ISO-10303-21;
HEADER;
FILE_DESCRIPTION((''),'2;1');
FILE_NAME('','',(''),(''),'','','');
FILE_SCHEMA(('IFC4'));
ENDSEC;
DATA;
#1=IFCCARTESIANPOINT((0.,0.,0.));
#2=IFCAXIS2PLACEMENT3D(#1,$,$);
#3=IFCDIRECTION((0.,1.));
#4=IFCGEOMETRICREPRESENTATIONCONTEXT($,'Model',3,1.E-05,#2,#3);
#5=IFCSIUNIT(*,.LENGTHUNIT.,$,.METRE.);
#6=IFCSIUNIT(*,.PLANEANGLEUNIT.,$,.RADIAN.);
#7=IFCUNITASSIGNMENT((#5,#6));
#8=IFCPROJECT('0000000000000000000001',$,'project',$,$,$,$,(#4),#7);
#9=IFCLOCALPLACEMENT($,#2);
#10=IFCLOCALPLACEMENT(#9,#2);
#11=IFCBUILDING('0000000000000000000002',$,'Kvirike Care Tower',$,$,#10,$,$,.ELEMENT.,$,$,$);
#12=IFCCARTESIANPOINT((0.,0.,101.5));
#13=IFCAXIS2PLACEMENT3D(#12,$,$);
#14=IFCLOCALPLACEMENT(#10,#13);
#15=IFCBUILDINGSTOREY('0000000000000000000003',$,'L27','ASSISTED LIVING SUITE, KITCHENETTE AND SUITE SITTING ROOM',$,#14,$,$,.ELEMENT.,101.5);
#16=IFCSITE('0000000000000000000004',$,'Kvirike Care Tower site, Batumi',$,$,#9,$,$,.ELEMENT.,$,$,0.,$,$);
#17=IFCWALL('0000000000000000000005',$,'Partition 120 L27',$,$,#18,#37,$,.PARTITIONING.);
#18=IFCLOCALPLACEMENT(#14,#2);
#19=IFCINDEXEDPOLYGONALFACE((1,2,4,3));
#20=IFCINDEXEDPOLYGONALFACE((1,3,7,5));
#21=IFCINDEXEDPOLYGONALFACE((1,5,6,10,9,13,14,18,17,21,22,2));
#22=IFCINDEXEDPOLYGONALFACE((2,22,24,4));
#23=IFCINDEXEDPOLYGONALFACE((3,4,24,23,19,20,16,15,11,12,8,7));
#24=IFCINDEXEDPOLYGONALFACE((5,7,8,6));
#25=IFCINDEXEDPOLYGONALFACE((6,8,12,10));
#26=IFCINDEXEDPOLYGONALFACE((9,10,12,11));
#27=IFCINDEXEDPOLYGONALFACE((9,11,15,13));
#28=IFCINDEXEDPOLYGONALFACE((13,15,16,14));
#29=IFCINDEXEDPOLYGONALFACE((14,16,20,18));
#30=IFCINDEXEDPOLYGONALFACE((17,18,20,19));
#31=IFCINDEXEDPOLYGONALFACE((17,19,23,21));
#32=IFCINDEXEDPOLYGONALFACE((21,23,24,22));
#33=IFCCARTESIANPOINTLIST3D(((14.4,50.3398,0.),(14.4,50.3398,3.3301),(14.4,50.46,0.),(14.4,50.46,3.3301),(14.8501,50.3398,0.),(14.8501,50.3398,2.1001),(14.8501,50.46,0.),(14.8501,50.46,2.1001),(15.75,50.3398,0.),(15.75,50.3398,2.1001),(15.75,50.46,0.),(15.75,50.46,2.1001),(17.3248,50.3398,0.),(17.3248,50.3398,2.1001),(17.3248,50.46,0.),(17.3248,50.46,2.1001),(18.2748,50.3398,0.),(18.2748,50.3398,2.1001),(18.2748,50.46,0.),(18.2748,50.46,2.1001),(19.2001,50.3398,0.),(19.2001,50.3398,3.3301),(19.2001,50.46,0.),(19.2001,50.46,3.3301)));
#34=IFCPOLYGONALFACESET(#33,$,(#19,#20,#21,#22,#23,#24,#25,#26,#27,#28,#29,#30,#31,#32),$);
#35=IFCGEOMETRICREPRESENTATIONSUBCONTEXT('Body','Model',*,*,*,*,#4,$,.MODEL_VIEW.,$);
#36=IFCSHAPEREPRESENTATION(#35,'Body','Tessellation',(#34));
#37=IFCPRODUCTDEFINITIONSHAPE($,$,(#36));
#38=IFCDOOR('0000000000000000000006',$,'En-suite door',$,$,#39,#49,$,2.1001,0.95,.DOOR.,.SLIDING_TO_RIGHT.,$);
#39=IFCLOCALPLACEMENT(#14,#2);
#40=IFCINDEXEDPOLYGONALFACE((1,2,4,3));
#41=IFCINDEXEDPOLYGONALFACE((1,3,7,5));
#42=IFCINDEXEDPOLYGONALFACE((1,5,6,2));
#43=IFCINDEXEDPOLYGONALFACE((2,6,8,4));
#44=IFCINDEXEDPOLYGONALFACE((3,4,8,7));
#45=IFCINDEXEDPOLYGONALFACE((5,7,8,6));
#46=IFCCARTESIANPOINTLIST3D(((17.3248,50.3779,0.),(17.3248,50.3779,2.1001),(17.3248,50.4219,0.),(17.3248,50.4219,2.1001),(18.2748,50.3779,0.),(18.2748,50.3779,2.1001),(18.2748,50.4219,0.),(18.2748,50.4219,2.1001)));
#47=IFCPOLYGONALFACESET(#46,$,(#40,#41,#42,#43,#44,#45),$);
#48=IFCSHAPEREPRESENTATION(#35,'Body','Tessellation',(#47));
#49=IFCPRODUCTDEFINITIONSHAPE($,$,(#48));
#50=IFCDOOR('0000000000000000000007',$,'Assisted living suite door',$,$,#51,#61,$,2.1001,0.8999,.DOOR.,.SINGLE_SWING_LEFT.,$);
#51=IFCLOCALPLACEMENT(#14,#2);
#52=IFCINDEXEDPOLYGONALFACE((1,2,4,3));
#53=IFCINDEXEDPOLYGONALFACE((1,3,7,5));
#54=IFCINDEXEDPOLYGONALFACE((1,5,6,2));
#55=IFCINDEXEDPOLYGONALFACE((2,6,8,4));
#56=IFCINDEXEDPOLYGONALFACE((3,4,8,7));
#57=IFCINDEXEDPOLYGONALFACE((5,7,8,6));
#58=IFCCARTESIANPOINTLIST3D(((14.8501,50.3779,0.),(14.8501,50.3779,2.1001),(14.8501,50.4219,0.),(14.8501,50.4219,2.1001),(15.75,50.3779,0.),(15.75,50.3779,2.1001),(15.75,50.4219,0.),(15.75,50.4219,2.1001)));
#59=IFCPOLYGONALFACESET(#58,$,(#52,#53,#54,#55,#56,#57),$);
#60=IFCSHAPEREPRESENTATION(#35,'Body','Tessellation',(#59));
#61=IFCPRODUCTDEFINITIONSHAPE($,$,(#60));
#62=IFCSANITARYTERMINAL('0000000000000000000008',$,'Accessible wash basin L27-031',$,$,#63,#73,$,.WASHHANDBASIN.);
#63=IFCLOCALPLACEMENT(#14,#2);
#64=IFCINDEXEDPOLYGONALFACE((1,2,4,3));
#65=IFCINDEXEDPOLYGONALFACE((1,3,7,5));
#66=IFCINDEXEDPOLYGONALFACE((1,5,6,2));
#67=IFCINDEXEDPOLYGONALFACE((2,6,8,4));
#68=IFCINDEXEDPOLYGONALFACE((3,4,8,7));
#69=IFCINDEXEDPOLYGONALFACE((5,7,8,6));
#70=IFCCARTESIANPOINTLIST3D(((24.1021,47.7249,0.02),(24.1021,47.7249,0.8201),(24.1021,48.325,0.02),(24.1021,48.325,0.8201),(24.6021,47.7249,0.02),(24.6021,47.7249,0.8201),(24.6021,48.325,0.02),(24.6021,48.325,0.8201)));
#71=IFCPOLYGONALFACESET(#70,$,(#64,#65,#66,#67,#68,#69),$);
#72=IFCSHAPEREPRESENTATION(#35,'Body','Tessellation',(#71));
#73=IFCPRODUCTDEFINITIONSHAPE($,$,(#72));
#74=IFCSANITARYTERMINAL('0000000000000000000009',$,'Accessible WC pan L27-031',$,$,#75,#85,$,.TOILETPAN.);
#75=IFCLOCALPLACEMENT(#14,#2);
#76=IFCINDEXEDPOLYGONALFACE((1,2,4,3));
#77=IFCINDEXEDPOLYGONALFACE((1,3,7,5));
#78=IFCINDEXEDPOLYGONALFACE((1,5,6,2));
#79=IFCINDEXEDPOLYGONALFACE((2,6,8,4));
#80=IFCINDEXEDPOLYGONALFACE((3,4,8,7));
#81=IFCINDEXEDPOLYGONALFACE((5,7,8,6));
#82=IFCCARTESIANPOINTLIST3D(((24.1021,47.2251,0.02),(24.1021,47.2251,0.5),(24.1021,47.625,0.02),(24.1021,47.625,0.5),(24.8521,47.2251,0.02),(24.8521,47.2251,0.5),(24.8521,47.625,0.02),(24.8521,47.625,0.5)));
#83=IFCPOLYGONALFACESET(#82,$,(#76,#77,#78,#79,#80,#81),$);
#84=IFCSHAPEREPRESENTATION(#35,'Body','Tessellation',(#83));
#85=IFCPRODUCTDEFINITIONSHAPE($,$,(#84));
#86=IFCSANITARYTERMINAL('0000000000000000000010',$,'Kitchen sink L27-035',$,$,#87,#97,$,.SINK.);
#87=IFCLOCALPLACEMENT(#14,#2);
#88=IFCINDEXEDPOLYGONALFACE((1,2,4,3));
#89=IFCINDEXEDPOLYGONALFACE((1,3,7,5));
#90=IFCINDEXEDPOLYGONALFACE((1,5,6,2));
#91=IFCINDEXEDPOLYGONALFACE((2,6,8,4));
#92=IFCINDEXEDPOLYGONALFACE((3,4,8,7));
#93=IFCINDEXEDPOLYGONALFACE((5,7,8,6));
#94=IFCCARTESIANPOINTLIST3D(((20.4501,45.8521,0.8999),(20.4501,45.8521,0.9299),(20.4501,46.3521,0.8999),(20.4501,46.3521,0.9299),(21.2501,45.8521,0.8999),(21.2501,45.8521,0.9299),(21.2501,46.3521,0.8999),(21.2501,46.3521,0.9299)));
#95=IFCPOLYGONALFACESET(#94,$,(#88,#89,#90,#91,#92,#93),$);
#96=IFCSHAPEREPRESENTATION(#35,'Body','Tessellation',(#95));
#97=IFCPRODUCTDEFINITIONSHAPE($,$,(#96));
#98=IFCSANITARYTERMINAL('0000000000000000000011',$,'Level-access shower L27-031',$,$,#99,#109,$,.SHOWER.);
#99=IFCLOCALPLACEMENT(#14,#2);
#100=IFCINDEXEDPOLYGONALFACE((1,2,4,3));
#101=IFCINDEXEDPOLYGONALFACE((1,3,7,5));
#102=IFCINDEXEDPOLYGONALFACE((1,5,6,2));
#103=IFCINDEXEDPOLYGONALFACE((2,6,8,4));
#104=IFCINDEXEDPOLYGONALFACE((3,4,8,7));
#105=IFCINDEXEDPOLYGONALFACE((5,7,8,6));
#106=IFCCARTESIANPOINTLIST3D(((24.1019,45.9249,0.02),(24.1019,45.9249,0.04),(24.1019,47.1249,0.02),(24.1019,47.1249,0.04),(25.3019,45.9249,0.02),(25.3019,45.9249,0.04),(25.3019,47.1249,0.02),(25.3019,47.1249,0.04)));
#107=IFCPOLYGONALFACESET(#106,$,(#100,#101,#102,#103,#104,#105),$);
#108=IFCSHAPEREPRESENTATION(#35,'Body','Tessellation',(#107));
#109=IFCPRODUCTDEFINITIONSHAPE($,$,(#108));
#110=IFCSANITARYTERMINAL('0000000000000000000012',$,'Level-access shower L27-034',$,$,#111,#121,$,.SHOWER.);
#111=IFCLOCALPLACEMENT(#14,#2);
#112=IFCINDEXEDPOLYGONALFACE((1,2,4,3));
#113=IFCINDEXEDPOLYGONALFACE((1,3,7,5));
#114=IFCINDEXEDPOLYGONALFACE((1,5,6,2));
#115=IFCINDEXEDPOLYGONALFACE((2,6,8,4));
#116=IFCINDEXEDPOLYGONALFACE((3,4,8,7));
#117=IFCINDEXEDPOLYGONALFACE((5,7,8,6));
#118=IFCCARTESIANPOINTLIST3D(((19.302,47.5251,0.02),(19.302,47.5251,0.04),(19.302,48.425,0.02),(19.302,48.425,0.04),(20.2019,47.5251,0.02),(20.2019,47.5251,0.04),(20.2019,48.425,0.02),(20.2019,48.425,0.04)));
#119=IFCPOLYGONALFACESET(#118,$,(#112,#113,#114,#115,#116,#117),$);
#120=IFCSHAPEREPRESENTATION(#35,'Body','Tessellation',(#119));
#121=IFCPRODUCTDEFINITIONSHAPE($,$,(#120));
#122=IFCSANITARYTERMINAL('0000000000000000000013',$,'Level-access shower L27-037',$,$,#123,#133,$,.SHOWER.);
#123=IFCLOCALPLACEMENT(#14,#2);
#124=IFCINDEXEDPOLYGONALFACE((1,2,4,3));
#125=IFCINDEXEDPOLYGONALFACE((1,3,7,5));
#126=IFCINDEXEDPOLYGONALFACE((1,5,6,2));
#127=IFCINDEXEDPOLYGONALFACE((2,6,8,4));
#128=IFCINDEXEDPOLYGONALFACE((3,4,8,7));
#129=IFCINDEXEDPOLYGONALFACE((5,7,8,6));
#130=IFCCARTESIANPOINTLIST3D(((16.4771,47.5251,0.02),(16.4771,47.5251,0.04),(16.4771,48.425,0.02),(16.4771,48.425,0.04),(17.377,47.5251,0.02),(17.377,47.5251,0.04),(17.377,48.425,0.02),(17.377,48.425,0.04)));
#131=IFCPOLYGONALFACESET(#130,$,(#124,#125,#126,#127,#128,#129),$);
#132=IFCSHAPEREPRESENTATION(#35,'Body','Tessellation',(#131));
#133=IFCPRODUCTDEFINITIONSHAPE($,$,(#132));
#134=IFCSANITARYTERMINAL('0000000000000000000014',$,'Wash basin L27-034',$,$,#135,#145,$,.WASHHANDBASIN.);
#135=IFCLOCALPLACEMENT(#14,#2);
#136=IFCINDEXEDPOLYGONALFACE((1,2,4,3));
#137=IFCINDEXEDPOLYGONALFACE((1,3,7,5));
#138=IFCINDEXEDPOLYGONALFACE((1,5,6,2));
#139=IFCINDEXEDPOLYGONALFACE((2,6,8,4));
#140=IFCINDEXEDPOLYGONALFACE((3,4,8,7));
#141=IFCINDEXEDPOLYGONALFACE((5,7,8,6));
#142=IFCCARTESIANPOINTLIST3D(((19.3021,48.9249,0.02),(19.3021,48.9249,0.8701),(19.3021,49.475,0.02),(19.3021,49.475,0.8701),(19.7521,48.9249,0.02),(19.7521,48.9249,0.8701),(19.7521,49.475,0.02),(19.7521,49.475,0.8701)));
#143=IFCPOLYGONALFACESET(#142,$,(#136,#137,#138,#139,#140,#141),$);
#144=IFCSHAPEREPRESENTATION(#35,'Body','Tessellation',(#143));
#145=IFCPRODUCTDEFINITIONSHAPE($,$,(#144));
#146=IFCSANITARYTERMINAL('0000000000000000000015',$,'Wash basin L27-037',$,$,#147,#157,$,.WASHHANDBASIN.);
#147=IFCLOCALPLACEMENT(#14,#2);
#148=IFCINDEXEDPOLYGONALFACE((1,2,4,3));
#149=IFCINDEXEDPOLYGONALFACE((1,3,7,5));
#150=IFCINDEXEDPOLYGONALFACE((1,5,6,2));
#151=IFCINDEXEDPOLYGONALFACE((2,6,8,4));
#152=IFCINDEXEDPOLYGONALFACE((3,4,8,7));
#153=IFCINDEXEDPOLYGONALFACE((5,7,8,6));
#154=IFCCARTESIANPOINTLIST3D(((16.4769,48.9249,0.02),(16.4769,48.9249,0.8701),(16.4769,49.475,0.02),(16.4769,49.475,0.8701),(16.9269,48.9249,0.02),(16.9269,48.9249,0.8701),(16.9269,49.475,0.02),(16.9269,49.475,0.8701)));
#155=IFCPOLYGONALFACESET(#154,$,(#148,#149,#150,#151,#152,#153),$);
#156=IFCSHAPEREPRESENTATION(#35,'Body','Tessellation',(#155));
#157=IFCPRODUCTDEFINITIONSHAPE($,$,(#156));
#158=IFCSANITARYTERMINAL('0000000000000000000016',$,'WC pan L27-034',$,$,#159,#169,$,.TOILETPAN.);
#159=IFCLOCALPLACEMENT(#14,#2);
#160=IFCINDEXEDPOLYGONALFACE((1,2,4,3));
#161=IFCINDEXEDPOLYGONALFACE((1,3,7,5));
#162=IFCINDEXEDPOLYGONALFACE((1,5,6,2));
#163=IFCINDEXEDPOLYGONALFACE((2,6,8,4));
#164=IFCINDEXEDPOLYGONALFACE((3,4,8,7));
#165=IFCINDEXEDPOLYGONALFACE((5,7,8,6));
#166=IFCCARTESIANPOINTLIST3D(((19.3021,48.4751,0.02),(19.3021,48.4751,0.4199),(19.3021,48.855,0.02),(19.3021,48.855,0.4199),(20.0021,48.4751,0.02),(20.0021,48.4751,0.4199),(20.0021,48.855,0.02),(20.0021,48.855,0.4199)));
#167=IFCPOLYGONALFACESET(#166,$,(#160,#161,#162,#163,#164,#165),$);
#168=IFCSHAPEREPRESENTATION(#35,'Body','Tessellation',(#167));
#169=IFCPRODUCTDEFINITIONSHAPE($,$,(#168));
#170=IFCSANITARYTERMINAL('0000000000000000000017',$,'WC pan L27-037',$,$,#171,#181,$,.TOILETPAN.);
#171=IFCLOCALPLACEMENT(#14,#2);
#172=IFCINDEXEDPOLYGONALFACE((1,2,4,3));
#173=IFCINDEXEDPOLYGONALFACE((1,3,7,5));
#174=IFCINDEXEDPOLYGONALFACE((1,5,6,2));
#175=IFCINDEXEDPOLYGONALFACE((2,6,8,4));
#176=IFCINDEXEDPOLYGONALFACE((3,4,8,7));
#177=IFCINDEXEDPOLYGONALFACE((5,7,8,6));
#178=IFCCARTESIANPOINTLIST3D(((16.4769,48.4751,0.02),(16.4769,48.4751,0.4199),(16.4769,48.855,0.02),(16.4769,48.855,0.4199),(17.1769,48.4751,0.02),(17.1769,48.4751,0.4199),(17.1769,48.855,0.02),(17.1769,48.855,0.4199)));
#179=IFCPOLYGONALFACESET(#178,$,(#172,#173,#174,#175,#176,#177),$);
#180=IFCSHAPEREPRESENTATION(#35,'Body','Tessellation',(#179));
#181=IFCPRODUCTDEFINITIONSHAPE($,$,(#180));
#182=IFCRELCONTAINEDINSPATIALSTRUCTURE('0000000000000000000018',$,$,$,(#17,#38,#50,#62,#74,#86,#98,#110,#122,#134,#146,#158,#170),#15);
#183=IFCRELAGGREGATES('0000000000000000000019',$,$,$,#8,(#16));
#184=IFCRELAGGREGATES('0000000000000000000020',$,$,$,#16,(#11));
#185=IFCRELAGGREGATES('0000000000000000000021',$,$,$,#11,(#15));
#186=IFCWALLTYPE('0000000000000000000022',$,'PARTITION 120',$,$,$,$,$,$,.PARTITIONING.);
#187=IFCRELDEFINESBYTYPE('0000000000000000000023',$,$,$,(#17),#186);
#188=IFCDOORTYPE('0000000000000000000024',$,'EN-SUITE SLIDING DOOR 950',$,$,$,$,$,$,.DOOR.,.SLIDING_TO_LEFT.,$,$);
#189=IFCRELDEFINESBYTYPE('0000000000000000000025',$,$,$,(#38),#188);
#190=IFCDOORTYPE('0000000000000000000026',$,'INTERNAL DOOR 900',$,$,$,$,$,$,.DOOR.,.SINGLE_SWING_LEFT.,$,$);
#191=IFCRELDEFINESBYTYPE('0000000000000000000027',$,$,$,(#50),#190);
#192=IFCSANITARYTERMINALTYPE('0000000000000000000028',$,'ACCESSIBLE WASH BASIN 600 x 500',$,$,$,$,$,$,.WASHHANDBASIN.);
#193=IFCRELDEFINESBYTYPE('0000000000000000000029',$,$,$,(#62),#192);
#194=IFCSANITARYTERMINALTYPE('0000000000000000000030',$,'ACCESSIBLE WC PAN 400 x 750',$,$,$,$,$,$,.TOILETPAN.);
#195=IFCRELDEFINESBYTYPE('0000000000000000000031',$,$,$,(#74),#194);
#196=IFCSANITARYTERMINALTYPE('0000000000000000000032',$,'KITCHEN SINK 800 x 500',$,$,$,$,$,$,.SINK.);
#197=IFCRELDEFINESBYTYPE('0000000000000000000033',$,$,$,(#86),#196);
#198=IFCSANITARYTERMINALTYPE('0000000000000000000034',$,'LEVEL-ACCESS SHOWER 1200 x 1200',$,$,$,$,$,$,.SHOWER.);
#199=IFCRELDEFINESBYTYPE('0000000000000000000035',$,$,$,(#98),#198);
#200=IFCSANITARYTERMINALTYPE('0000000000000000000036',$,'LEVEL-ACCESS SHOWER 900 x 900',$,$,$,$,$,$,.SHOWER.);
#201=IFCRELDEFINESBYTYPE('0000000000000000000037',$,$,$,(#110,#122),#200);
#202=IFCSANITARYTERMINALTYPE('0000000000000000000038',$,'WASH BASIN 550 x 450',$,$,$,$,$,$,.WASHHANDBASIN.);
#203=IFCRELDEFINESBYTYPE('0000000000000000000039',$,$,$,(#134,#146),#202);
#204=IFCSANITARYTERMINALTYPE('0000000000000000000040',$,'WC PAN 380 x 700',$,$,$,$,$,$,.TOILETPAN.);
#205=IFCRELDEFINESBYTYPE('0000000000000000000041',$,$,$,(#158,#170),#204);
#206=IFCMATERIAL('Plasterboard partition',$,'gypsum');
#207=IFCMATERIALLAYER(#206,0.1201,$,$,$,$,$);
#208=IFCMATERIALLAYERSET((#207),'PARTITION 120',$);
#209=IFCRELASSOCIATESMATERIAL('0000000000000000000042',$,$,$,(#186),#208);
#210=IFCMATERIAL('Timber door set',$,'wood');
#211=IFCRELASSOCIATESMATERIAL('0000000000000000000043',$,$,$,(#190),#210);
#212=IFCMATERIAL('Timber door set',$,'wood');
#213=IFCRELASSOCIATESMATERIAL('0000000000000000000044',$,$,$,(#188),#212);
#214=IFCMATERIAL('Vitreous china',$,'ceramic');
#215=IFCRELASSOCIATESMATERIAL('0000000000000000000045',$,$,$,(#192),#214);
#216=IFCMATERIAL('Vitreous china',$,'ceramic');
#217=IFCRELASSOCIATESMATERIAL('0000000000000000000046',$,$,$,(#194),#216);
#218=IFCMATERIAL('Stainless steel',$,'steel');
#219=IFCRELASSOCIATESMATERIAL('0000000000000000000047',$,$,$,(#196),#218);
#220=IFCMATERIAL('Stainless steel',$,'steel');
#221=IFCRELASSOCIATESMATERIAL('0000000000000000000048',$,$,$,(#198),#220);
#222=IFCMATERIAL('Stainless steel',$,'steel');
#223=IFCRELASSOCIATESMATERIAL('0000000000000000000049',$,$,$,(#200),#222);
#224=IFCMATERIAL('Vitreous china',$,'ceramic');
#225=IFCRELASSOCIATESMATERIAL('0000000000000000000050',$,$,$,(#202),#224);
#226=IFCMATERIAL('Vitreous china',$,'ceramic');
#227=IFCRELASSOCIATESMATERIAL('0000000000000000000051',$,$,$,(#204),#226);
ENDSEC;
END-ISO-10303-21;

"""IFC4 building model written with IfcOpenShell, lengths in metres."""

from ifc_helpers import new_model, si_unit, direction, frame, frame_2d, origin, origin_2d, place, context, subcontext, project, spatial, rectangle, extrude, material, layer, layer_set, type_object, element, fill, save


model = new_model("IFC4")

# Units and contexts
model_context = context("Model", 3, precision=1e-05, world=origin(), true_north=direction((0.0, 1.0)))
body_context = subcontext(model_context, "Body", "Model", "MODEL_VIEW")
ifc_project = project(units=[si_unit("LENGTHUNIT", "METRE"), si_unit("PLANEANGLEUNIT", "RADIAN")], contexts=[model_context])

# Site, building, storey
site_placement = place(None, origin())
site = spatial("IfcSite", under=ifc_project, at=site_placement, Name="Kvirike Care Tower site, Batumi", CompositionType="ELEMENT", RefElevation=0.0)
building_placement = place(site_placement, origin())
building = spatial("IfcBuilding", under=site, at=building_placement, Name="Kvirike Care Tower", CompositionType="ELEMENT")
storey_placement = place(building_placement, frame((0.0, 0.0, 101.5)))
storey = spatial("IfcBuildingStorey", under=building, at=storey_placement, Name="L27", Description="ASSISTED LIVING SUITE, KITCHENETTE AND SUITE SITTING ROOM", CompositionType="ELEMENT", Elevation=101.5)

# Shared definitions
ifc_material_1 = material(Name="Plasterboard partition", Category="gypsum")
ifc_layer_1 = layer(ifc_material_1, 0.1201)
ifc_layer_set_1 = layer_set([ifc_layer_1], Name="PARTITION 120")
wall_type_1 = type_object("IfcWallType", Name="PARTITION 120", PredefinedType="PARTITIONING", material=ifc_layer_set_1)
ifc_material_2 = material(Name="Timber door set", Category="wood")
door_type_1 = type_object("IfcDoorType", Name="INTERNAL DOOR 900", OperationType="SINGLE_SWING_LEFT", PredefinedType="DOOR", material=ifc_material_2)

# Wall, openings, doors
wall_1_placement = place(storey_placement, frame((19.2, 50.3999, 0.0), z_axis=(0.0, 0.0, 1.0), x_axis=(-1.0, 0.0, 0.0)))
wall_1 = element("IfcWall", 1, at=wall_1_placement, inside=storey, type_object=wall_type_1, Name="Partition 120 L27", PredefinedType="PARTITIONING", context=body_context, shape_type="SweptSolid", body=[
    extrude(rectangle(XDim=4.8, YDim=0.1201, at=frame_2d((2.3999, 0.0))), origin(), (0.0, 0.0, 1.0), 3.3301),
])
opening_1_placement = place(wall_1_placement, frame((3.45, 0.0, 0.0)))
opening_1 = element("IfcOpeningElement", 2, at=opening_1_placement, cuts=wall_1, PredefinedType="OPENING", context=body_context, shape_type="SweptSolid", body=[
    extrude(rectangle(XDim=0.8999, YDim=2.1001, at=frame_2d((0.45, 1.05))), frame((0.0, 0.0706, 0.0), z_axis=(0.0, -1.0, 0.0), x_axis=(1.0, 0.0, 0.0)), (0.0, 0.0, 1.0), 0.1411),
])
opening_2_placement = place(wall_1_placement, frame((0.925, 0.0, 0.0)))
opening_2 = element("IfcOpeningElement", 3, at=opening_2_placement, cuts=wall_1, PredefinedType="OPENING", context=body_context, shape_type="SweptSolid", body=[
    extrude(rectangle(XDim=0.95, YDim=2.1001, at=frame_2d((0.4751, 1.05))), frame((0.0, 0.0706, 0.0), z_axis=(0.0, -1.0, 0.0), x_axis=(1.0, 0.0, 0.0)), (0.0, 0.0, 1.0), 0.1411),
])
ifc_material_3 = material(Name="Timber door set", Category="wood")
door_type_2 = type_object("IfcDoorType", Name="EN-SUITE SLIDING DOOR 950", OperationType="SLIDING_TO_LEFT", PredefinedType="DOOR", material=ifc_material_3)
door_1_placement = place(opening_2_placement, origin())
door_1 = element("IfcDoor", 4, at=door_1_placement, inside=storey, type_object=door_type_2, Name="En-suite door", OperationType="SLIDING_TO_RIGHT", OverallHeight=2.1001, OverallWidth=0.95, PredefinedType="DOOR", context=body_context, shape_type="SweptSolid", body=[
    extrude(rectangle(XDim=0.95, YDim=2.1001, at=frame_2d((0.4751, 1.05))), frame((0.0, 0.022, 0.0), z_axis=(0.0, -1.0, 0.0), x_axis=(1.0, 0.0, 0.0)), (0.0, 0.0, 1.0), 0.0439),
])
fill(opening_2, door_1)
door_2_placement = place(opening_1_placement, origin())
door_2 = element("IfcDoor", 5, at=door_2_placement, inside=storey, type_object=door_type_1, Name="Assisted living suite door", OperationType="SINGLE_SWING_LEFT", OverallHeight=2.1001, OverallWidth=0.8999, PredefinedType="DOOR", context=body_context, shape_type="SweptSolid", body=[
    extrude(rectangle(XDim=0.8999, YDim=2.1001, at=frame_2d((0.45, 1.05))), frame((0.0, 0.022, 0.0), z_axis=(0.0, -1.0, 0.0), x_axis=(1.0, 0.0, 0.0)), (0.0, 0.0, 1.0), 0.0439),
])
fill(opening_1, door_2)

# Sanitary terminals
ifc_material_4 = material(Name="Vitreous china", Category="ceramic")
sanitary_terminal_type_1 = type_object("IfcSanitaryTerminalType", Name="ACCESSIBLE WASH BASIN 600 x 500", PredefinedType="WASHHANDBASIN", material=ifc_material_4)
sanitary_terminal_1_placement = place(storey_placement, frame((24.3521, 48.0249, 0.02), z_axis=(0.0, 0.0, 1.0), x_axis=(0.0, 1.0, 0.0)))
element("IfcSanitaryTerminal", 6, at=sanitary_terminal_1_placement, inside=storey, type_object=sanitary_terminal_type_1, Name="Accessible wash basin L27-031", PredefinedType="WASHHANDBASIN", context=body_context, shape_type="SweptSolid", body=[
    extrude(rectangle(XDim=0.6001, YDim=0.5, at=origin_2d()), origin(), (0.0, 0.0, 1.0), 0.8),
])
ifc_material_5 = material(Name="Vitreous china", Category="ceramic")
sanitary_terminal_type_2 = type_object("IfcSanitaryTerminalType", Name="ACCESSIBLE WC PAN 400 x 750", PredefinedType="TOILETPAN", material=ifc_material_5)
sanitary_terminal_2_placement = place(storey_placement, frame((24.4771, 47.425, 0.02), z_axis=(0.0, 0.0, 1.0), x_axis=(0.0, 1.0, 0.0)))
element("IfcSanitaryTerminal", 7, at=sanitary_terminal_2_placement, inside=storey, type_object=sanitary_terminal_type_2, Name="Accessible WC pan L27-031", PredefinedType="TOILETPAN", context=body_context, shape_type="SweptSolid", body=[
    extrude(rectangle(XDim=0.3999, YDim=0.75, at=origin_2d()), origin(), (0.0, 0.0, 1.0), 0.48),
])
ifc_material_6 = material(Name="Stainless steel", Category="steel")
sanitary_terminal_type_3 = type_object("IfcSanitaryTerminalType", Name="KITCHEN SINK 800 x 500", PredefinedType="SINK", material=ifc_material_6)
sanitary_terminal_3_placement = place(storey_placement, frame((20.8501, 46.1021, 0.8999), z_axis=(0.0, 0.0, 1.0), x_axis=(-1.0, 0.0, 0.0)))
element("IfcSanitaryTerminal", 8, at=sanitary_terminal_3_placement, inside=storey, type_object=sanitary_terminal_type_3, Name="Kitchen sink L27-035", PredefinedType="SINK", context=body_context, shape_type="SweptSolid", body=[
    extrude(rectangle(XDim=0.8, YDim=0.5, at=origin_2d()), origin(), (0.0, 0.0, 1.0), 0.03),
])
ifc_material_7 = material(Name="Stainless steel", Category="steel")
sanitary_terminal_type_4 = type_object("IfcSanitaryTerminalType", Name="LEVEL-ACCESS SHOWER 1200 x 1200", PredefinedType="SHOWER", material=ifc_material_7)
sanitary_terminal_4_placement = place(storey_placement, frame((24.7019, 46.5249, 0.02), z_axis=(0.0, 0.0, 1.0), x_axis=(0.0, 1.0, 0.0)))
element("IfcSanitaryTerminal", 9, at=sanitary_terminal_4_placement, inside=storey, type_object=sanitary_terminal_type_4, Name="Level-access shower L27-031", PredefinedType="SHOWER", context=body_context, shape_type="SweptSolid", body=[
    extrude(rectangle(XDim=1.2, YDim=1.2, at=origin_2d()), origin(), (0.0, 0.0, 1.0), 0.02),
])
ifc_material_8 = material(Name="Stainless steel", Category="steel")
sanitary_terminal_type_5 = type_object("IfcSanitaryTerminalType", Name="LEVEL-ACCESS SHOWER 900 x 900", PredefinedType="SHOWER", material=ifc_material_8)
for number, where, z_axis, x_axis, name in (
    (10, (19.752, 47.9751, 0.02), (0.0, 0.0, 1.0), (0.0, 1.0, 0.0), "Level-access shower L27-034"),
    (11, (16.927, 47.9751, 0.02), (0.0, 0.0, 1.0), (0.0, 1.0, 0.0), "Level-access shower L27-037"),
):
    element("IfcSanitaryTerminal", number, at=place(storey_placement, frame(where, z_axis=z_axis, x_axis=x_axis)), inside=storey, type_object=sanitary_terminal_type_5, Name=name, PredefinedType="SHOWER", context=body_context, shape_type="SweptSolid", body=[
        extrude(rectangle(XDim=0.8999, YDim=0.8999, at=origin_2d()), origin(), (0.0, 0.0, 1.0), 0.02),
    ])
ifc_material_9 = material(Name="Vitreous china", Category="ceramic")
sanitary_terminal_type_6 = type_object("IfcSanitaryTerminalType", Name="WASH BASIN 550 x 450", PredefinedType="WASHHANDBASIN", material=ifc_material_9)
for number, where, z_axis, x_axis, name in (
    (12, (19.5271, 49.2, 0.02), (0.0, 0.0, 1.0), (0.0, 1.0, 0.0), "Wash basin L27-034"),
    (13, (16.7019, 49.2, 0.02), (0.0, 0.0, 1.0), (0.0, 1.0, 0.0), "Wash basin L27-037"),
):
    element("IfcSanitaryTerminal", number, at=place(storey_placement, frame(where, z_axis=z_axis, x_axis=x_axis)), inside=storey, type_object=sanitary_terminal_type_6, Name=name, PredefinedType="WASHHANDBASIN", context=body_context, shape_type="SweptSolid", body=[
        extrude(rectangle(XDim=0.55, YDim=0.45, at=origin_2d()), origin(), (0.0, 0.0, 1.0), 0.8501),
    ])
ifc_material_10 = material(Name="Vitreous china", Category="ceramic")
sanitary_terminal_type_7 = type_object("IfcSanitaryTerminalType", Name="WC PAN 380 x 700", PredefinedType="TOILETPAN", material=ifc_material_10)
for number, where, z_axis, x_axis, name in (
    (14, (19.6521, 48.665, 0.02), (0.0, 0.0, 1.0), (0.0, 1.0, 0.0), "WC pan L27-034"),
    (15, (16.8269, 48.665, 0.02), (0.0, 0.0, 1.0), (0.0, 1.0, 0.0), "WC pan L27-037"),
):
    element("IfcSanitaryTerminal", number, at=place(storey_placement, frame(where, z_axis=z_axis, x_axis=x_axis)), inside=storey, type_object=sanitary_terminal_type_7, Name=name, PredefinedType="TOILETPAN", context=body_context, shape_type="SweptSolid", body=[
        extrude(rectangle(XDim=0.3799, YDim=0.7, at=origin_2d()), origin(), (0.0, 0.0, 1.0), 0.3999),
    ])

save(model, "model.ifc")
